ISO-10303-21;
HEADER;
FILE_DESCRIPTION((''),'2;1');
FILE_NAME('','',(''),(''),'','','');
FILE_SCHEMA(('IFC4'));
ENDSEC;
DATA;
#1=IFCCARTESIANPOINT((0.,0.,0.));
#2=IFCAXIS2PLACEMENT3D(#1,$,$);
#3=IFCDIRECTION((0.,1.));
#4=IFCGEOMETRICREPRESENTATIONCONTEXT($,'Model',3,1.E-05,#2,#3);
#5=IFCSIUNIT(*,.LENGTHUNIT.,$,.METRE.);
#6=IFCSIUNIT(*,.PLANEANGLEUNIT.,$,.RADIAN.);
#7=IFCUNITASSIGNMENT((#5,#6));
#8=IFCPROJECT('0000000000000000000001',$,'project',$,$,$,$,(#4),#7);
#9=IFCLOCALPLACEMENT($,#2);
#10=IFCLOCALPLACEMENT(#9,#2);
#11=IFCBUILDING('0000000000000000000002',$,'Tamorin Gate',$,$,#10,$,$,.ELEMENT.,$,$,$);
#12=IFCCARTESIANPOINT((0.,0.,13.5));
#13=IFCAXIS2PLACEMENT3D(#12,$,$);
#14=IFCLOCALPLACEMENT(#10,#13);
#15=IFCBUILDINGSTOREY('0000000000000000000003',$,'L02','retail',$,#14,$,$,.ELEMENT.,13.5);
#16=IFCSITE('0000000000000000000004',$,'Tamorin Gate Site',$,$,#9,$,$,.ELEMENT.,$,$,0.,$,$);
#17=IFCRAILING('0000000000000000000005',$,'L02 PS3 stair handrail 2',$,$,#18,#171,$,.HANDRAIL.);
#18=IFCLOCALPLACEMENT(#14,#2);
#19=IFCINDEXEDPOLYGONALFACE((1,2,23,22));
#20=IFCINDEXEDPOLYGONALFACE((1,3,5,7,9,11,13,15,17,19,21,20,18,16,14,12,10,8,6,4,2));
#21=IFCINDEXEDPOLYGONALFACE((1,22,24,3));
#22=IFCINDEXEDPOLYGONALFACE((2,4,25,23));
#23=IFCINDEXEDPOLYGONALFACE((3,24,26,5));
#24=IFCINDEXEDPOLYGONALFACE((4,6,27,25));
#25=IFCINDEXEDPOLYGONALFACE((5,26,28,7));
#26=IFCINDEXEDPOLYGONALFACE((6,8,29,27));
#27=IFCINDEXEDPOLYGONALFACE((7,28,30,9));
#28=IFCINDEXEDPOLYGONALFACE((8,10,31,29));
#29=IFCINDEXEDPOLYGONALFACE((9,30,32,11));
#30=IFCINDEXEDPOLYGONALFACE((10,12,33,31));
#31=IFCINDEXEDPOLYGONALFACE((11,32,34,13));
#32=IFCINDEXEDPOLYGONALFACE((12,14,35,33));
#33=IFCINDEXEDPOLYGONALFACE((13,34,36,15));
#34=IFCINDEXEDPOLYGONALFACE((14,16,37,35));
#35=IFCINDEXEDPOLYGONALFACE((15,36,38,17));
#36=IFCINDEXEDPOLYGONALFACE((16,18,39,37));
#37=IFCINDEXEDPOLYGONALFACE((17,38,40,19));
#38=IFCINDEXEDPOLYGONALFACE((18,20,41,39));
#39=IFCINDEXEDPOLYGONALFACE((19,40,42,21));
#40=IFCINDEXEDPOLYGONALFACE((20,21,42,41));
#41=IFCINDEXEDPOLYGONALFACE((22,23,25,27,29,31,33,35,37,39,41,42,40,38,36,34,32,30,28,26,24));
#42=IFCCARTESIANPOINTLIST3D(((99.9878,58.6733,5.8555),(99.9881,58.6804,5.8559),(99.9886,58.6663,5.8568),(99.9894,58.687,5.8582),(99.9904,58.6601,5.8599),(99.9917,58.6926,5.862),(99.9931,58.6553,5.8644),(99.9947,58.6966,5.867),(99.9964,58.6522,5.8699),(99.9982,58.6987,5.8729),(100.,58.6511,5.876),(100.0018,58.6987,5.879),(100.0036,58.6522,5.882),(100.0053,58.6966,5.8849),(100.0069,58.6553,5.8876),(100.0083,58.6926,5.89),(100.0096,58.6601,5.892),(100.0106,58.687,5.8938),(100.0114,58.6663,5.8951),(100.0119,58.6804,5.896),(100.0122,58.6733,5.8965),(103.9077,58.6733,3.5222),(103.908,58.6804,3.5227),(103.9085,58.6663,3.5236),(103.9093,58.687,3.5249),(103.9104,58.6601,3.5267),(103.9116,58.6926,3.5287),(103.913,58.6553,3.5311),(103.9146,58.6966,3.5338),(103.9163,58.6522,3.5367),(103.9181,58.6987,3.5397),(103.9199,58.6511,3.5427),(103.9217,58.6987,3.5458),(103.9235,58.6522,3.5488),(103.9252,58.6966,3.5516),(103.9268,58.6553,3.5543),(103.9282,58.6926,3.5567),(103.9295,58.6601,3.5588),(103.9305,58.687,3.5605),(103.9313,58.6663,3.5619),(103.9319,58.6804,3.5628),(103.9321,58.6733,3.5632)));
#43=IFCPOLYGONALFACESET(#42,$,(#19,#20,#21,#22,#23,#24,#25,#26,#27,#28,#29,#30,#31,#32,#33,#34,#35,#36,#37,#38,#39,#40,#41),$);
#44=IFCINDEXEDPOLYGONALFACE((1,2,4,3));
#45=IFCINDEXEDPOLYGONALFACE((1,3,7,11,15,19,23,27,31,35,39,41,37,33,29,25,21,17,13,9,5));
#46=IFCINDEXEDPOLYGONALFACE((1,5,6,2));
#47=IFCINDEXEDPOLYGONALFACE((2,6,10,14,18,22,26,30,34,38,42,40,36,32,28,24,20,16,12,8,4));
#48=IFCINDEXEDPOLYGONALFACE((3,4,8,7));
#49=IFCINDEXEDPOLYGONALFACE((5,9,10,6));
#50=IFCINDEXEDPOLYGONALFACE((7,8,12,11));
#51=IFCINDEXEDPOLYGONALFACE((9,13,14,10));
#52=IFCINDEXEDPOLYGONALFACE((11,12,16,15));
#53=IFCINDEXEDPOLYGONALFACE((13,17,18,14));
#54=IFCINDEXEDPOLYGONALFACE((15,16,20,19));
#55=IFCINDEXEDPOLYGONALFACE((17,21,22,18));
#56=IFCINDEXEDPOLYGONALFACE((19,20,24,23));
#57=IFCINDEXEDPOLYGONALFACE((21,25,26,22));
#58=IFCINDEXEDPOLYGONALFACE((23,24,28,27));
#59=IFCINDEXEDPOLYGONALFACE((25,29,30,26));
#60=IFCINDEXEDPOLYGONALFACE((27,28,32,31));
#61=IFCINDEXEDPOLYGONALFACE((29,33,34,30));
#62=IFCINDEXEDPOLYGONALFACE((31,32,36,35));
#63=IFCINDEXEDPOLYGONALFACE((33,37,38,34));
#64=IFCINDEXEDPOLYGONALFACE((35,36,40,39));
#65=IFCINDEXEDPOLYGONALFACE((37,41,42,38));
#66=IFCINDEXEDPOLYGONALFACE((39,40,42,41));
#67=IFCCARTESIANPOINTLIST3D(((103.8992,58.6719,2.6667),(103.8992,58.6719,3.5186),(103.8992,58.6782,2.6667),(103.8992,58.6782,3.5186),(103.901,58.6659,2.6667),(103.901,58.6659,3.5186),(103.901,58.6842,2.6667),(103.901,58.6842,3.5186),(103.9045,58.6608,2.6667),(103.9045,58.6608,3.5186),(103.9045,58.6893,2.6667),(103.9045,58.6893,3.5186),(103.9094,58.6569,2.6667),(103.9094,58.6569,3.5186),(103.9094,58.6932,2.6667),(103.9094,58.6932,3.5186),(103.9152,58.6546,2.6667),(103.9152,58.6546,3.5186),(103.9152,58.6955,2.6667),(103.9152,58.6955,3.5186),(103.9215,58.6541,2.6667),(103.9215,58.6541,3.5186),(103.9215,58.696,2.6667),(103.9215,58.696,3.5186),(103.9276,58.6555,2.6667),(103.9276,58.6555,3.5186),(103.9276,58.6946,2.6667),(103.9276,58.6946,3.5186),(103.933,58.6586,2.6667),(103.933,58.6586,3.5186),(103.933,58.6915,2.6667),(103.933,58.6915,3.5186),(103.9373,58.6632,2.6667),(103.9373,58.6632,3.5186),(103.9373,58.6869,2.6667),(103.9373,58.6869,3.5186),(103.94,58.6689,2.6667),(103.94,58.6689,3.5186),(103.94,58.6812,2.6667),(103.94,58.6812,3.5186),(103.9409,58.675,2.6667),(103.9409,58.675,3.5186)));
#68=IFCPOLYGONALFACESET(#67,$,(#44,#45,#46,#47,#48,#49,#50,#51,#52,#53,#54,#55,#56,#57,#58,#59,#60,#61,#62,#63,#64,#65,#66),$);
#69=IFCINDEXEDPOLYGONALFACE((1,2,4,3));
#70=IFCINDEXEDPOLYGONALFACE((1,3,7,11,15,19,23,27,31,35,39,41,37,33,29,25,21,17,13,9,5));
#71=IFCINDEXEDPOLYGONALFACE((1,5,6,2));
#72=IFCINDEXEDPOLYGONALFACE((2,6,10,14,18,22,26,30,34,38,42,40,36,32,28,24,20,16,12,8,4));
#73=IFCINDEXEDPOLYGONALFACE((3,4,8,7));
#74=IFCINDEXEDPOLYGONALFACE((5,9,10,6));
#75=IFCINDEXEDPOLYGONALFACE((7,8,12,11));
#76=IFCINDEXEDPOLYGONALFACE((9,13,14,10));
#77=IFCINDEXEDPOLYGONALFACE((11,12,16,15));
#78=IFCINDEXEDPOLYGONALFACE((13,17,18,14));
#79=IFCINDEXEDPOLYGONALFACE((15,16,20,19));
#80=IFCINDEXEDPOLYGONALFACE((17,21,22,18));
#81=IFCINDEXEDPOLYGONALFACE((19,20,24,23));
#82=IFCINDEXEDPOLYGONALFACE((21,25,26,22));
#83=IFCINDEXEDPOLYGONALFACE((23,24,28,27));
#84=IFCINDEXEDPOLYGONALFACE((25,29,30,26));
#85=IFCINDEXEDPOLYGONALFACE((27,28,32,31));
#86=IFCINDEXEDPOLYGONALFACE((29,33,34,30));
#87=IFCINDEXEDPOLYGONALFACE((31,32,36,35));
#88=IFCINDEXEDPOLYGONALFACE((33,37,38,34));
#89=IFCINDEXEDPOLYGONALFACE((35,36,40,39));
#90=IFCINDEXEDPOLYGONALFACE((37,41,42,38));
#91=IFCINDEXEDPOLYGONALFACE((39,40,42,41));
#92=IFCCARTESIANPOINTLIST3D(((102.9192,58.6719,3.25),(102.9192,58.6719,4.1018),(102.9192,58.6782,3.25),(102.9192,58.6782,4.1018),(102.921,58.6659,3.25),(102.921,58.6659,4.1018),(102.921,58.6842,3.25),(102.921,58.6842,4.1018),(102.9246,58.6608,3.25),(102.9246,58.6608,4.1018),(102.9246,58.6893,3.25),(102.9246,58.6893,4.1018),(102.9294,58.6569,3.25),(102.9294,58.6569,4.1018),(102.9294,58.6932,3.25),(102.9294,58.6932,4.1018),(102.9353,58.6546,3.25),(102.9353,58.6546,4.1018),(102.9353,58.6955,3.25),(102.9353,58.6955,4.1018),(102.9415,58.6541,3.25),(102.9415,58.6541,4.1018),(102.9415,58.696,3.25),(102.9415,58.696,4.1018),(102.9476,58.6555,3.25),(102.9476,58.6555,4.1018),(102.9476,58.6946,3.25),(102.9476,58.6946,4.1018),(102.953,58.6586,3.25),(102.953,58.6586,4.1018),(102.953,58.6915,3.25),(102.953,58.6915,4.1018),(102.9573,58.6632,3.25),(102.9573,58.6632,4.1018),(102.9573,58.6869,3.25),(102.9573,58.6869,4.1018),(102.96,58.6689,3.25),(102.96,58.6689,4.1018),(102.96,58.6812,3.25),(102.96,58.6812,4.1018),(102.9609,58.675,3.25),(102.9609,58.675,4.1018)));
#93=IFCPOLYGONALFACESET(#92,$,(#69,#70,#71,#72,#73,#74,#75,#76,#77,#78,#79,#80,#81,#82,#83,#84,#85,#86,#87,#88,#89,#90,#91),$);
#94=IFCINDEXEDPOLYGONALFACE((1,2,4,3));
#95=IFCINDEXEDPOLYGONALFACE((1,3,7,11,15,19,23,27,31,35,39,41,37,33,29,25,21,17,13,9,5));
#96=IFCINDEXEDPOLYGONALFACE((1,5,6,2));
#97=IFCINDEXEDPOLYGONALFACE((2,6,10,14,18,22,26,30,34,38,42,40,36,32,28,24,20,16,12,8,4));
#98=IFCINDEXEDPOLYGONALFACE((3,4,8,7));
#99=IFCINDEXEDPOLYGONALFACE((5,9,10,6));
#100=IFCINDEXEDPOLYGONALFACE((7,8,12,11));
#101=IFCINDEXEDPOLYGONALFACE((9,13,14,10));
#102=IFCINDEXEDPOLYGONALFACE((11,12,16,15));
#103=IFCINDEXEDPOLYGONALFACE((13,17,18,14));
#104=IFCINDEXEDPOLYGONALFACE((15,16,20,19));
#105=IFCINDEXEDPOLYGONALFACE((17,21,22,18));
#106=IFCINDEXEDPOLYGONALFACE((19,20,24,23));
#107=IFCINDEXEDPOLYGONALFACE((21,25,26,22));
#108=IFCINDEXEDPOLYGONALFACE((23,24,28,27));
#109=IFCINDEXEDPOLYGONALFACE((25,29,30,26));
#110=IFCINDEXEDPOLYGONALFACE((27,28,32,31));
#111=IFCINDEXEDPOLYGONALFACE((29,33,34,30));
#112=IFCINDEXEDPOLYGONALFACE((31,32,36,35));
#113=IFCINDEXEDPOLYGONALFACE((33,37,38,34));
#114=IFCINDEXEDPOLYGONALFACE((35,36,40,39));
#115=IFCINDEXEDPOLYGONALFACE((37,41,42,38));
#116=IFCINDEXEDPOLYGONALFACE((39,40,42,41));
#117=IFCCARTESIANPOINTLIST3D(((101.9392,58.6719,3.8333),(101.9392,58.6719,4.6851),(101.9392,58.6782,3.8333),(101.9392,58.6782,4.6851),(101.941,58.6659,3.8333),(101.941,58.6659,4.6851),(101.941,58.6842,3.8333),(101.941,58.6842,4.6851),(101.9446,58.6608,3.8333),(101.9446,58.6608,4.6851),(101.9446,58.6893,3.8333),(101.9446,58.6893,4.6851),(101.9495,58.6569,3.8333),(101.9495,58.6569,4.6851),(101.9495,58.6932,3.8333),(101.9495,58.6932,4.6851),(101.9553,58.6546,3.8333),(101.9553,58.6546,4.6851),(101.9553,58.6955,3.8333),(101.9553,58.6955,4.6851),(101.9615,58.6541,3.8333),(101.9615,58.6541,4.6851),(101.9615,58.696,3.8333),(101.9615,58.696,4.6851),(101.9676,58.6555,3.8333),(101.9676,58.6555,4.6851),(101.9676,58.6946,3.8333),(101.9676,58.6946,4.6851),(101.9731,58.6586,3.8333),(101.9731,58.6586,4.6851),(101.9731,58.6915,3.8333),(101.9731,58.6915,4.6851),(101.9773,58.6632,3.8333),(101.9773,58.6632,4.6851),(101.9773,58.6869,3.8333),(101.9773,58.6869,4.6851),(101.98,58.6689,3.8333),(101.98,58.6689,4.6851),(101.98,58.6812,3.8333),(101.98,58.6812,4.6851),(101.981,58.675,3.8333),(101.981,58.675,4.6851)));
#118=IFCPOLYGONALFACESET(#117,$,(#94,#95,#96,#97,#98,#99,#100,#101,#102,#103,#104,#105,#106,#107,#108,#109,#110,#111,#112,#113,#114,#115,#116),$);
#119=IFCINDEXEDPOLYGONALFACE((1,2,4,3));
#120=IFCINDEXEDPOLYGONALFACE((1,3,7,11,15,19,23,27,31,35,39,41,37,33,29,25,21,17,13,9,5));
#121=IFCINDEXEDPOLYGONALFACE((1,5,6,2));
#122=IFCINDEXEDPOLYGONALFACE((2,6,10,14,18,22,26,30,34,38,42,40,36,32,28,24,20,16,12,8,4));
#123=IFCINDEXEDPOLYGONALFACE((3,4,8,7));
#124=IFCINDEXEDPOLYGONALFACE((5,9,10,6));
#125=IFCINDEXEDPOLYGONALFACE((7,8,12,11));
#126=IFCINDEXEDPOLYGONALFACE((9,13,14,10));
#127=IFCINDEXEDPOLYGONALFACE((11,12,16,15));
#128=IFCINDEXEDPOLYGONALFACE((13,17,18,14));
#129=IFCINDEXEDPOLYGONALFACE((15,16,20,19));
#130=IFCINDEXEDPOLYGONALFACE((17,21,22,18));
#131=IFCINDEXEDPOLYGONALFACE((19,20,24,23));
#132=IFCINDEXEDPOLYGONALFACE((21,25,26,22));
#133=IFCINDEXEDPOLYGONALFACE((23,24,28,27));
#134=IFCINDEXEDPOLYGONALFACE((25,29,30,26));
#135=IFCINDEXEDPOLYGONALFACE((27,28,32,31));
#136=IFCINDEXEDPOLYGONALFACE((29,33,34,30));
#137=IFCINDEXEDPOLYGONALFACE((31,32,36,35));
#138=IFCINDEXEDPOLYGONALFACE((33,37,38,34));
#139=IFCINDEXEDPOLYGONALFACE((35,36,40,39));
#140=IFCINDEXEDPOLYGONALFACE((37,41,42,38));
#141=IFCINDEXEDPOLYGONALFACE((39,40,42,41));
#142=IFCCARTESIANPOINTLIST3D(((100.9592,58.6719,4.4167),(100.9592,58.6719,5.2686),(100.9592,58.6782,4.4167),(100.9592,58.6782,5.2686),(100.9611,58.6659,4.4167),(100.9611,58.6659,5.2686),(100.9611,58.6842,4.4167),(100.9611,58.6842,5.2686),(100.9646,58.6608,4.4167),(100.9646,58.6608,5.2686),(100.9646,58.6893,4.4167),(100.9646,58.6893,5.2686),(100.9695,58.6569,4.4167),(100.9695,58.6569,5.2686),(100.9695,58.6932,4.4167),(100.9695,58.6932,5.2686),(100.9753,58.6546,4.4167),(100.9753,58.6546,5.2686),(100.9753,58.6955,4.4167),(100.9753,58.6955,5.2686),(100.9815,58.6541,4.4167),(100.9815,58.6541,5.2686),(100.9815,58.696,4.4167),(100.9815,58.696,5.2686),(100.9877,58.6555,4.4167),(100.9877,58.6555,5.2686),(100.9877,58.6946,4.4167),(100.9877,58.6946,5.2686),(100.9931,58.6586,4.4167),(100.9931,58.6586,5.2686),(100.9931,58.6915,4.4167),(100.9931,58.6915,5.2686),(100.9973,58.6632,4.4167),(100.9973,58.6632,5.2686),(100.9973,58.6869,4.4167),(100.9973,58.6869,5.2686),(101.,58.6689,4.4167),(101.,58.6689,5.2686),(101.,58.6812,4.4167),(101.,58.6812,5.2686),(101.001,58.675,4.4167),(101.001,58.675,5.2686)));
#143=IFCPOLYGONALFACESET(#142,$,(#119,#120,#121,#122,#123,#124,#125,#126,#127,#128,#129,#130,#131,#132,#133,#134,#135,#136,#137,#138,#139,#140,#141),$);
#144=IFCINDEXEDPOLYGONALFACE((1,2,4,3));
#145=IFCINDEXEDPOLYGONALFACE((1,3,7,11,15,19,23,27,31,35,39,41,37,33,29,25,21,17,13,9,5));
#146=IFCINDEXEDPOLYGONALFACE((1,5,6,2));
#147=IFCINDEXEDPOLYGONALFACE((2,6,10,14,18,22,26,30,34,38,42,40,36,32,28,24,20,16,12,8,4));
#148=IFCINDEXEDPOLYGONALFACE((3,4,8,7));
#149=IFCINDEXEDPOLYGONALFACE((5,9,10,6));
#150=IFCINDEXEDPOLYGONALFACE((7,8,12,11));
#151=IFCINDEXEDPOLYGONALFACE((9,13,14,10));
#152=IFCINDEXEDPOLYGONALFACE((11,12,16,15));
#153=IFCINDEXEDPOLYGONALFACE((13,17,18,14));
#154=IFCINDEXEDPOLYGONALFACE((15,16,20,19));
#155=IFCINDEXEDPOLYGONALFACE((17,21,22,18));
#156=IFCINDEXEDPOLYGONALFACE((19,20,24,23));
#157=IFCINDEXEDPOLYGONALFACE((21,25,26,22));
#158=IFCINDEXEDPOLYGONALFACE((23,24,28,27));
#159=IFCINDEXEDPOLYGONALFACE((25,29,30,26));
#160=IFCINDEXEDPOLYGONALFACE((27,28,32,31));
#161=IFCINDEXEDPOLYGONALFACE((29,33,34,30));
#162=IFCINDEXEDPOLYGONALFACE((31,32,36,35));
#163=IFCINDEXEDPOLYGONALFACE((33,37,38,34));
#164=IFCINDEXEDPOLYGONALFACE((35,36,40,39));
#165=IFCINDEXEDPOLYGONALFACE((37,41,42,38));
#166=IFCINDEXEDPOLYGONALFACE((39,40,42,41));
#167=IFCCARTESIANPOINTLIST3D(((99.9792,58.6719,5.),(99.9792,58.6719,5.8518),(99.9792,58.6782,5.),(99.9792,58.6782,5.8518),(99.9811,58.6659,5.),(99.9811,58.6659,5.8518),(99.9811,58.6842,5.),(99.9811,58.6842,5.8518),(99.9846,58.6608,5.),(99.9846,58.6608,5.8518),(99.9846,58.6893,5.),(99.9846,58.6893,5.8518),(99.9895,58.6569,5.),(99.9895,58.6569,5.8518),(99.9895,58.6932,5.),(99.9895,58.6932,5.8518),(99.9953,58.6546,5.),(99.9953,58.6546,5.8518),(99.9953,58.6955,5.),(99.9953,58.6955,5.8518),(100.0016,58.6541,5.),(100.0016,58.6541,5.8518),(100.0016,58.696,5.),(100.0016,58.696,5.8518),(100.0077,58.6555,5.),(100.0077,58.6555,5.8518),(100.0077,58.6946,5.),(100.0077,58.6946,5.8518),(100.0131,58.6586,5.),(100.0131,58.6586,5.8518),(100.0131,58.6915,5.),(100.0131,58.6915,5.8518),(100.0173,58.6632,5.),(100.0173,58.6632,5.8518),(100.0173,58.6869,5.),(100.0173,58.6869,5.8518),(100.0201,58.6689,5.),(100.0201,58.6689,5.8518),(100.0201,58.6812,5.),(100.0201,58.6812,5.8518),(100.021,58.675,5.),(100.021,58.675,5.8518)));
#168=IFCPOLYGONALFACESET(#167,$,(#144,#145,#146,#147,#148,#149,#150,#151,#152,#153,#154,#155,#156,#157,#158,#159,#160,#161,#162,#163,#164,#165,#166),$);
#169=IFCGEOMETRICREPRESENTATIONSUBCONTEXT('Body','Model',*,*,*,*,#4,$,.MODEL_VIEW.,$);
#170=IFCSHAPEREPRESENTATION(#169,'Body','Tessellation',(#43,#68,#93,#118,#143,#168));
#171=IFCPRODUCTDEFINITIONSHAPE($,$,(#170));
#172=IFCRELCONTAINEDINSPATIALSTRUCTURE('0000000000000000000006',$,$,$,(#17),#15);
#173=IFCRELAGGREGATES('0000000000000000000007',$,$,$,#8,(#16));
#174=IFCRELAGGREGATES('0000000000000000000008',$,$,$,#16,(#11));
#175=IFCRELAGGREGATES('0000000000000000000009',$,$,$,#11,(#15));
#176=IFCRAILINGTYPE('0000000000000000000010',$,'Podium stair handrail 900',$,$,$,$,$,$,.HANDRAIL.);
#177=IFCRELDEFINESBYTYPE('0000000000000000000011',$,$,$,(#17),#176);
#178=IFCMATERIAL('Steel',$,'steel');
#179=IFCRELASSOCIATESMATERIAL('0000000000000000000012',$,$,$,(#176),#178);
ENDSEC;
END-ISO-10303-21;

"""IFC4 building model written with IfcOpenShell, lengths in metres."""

from ifc_helpers import new_model, si_unit, direction, frame, origin, origin_2d, place, context, subcontext, project, spatial, circle, extrude, material, type_object, element, save


model = new_model("IFC4")

# Units and contexts
model_context = context("Model", 3, precision=1e-05, world=origin(), true_north=direction((0.0, 1.0)))
body_context = subcontext(model_context, "Body", "Model", "MODEL_VIEW")
ifc_project = project(units=[si_unit("LENGTHUNIT", "METRE"), si_unit("PLANEANGLEUNIT", "RADIAN")], contexts=[model_context])

# Site, building, storey
site_placement = place(None, origin())
site = spatial("IfcSite", under=ifc_project, at=site_placement, Name="Tamorin Gate Site", CompositionType="ELEMENT", RefElevation=0.0)
building_placement = place(site_placement, origin())
building = spatial("IfcBuilding", under=site, at=building_placement, Name="Tamorin Gate", CompositionType="ELEMENT")
storey_placement = place(building_placement, frame((0.0, 0.0, 13.5)))
storey = spatial("IfcBuildingStorey", under=building, at=storey_placement, Name="L02", Description="retail", CompositionType="ELEMENT", Elevation=13.5)

# Railing
ifc_material_1 = material(Name="Steel", Category="steel")
railing_type_1 = type_object("IfcRailingType", Name="Podium stair handrail 900", PredefinedType="HANDRAIL", material=ifc_material_1)
railing_1_placement = place(storey_placement, frame((103.9199, 58.675, 2.6667)))
element("IfcRailing", 1, at=railing_1_placement, inside=storey, type_object=railing_type_1, Name="L02 PS3 stair handrail 2", PredefinedType="HANDRAIL", context=body_context, shape_type="SweptSolid", body=[
    extrude(circle(Radius=0.0239, at=origin_2d()), frame((0.0, 0.0, 0.876), z_axis=(-0.859296, 0.0, 0.511478), x_axis=(0.0, -1.0, 0.0)), (0.0, 0.0, 1.0), 4.5618),
    extrude(circle(Radius=0.021, at=origin_2d()), origin(), (0.0, 0.0, 1.0), 0.8518),
    extrude(circle(Radius=0.021, at=origin_2d()), frame((-0.98, 0.0, 0.5833)), (0.0, 0.0, 1.0), 0.8518),
    extrude(circle(Radius=0.021, at=origin_2d()), frame((-1.96, 0.0, 1.1665)), (0.0, 0.0, 1.0), 0.8518),
    extrude(circle(Radius=0.021, at=origin_2d()), frame((-2.9399, 0.0, 1.75)), (0.0, 0.0, 1.0), 0.8518),
    extrude(circle(Radius=0.021, at=origin_2d()), frame((-3.9199, 0.0, 2.3333)), (0.0, 0.0, 1.0), 0.8518),
])

save(model, "model.ifc")
